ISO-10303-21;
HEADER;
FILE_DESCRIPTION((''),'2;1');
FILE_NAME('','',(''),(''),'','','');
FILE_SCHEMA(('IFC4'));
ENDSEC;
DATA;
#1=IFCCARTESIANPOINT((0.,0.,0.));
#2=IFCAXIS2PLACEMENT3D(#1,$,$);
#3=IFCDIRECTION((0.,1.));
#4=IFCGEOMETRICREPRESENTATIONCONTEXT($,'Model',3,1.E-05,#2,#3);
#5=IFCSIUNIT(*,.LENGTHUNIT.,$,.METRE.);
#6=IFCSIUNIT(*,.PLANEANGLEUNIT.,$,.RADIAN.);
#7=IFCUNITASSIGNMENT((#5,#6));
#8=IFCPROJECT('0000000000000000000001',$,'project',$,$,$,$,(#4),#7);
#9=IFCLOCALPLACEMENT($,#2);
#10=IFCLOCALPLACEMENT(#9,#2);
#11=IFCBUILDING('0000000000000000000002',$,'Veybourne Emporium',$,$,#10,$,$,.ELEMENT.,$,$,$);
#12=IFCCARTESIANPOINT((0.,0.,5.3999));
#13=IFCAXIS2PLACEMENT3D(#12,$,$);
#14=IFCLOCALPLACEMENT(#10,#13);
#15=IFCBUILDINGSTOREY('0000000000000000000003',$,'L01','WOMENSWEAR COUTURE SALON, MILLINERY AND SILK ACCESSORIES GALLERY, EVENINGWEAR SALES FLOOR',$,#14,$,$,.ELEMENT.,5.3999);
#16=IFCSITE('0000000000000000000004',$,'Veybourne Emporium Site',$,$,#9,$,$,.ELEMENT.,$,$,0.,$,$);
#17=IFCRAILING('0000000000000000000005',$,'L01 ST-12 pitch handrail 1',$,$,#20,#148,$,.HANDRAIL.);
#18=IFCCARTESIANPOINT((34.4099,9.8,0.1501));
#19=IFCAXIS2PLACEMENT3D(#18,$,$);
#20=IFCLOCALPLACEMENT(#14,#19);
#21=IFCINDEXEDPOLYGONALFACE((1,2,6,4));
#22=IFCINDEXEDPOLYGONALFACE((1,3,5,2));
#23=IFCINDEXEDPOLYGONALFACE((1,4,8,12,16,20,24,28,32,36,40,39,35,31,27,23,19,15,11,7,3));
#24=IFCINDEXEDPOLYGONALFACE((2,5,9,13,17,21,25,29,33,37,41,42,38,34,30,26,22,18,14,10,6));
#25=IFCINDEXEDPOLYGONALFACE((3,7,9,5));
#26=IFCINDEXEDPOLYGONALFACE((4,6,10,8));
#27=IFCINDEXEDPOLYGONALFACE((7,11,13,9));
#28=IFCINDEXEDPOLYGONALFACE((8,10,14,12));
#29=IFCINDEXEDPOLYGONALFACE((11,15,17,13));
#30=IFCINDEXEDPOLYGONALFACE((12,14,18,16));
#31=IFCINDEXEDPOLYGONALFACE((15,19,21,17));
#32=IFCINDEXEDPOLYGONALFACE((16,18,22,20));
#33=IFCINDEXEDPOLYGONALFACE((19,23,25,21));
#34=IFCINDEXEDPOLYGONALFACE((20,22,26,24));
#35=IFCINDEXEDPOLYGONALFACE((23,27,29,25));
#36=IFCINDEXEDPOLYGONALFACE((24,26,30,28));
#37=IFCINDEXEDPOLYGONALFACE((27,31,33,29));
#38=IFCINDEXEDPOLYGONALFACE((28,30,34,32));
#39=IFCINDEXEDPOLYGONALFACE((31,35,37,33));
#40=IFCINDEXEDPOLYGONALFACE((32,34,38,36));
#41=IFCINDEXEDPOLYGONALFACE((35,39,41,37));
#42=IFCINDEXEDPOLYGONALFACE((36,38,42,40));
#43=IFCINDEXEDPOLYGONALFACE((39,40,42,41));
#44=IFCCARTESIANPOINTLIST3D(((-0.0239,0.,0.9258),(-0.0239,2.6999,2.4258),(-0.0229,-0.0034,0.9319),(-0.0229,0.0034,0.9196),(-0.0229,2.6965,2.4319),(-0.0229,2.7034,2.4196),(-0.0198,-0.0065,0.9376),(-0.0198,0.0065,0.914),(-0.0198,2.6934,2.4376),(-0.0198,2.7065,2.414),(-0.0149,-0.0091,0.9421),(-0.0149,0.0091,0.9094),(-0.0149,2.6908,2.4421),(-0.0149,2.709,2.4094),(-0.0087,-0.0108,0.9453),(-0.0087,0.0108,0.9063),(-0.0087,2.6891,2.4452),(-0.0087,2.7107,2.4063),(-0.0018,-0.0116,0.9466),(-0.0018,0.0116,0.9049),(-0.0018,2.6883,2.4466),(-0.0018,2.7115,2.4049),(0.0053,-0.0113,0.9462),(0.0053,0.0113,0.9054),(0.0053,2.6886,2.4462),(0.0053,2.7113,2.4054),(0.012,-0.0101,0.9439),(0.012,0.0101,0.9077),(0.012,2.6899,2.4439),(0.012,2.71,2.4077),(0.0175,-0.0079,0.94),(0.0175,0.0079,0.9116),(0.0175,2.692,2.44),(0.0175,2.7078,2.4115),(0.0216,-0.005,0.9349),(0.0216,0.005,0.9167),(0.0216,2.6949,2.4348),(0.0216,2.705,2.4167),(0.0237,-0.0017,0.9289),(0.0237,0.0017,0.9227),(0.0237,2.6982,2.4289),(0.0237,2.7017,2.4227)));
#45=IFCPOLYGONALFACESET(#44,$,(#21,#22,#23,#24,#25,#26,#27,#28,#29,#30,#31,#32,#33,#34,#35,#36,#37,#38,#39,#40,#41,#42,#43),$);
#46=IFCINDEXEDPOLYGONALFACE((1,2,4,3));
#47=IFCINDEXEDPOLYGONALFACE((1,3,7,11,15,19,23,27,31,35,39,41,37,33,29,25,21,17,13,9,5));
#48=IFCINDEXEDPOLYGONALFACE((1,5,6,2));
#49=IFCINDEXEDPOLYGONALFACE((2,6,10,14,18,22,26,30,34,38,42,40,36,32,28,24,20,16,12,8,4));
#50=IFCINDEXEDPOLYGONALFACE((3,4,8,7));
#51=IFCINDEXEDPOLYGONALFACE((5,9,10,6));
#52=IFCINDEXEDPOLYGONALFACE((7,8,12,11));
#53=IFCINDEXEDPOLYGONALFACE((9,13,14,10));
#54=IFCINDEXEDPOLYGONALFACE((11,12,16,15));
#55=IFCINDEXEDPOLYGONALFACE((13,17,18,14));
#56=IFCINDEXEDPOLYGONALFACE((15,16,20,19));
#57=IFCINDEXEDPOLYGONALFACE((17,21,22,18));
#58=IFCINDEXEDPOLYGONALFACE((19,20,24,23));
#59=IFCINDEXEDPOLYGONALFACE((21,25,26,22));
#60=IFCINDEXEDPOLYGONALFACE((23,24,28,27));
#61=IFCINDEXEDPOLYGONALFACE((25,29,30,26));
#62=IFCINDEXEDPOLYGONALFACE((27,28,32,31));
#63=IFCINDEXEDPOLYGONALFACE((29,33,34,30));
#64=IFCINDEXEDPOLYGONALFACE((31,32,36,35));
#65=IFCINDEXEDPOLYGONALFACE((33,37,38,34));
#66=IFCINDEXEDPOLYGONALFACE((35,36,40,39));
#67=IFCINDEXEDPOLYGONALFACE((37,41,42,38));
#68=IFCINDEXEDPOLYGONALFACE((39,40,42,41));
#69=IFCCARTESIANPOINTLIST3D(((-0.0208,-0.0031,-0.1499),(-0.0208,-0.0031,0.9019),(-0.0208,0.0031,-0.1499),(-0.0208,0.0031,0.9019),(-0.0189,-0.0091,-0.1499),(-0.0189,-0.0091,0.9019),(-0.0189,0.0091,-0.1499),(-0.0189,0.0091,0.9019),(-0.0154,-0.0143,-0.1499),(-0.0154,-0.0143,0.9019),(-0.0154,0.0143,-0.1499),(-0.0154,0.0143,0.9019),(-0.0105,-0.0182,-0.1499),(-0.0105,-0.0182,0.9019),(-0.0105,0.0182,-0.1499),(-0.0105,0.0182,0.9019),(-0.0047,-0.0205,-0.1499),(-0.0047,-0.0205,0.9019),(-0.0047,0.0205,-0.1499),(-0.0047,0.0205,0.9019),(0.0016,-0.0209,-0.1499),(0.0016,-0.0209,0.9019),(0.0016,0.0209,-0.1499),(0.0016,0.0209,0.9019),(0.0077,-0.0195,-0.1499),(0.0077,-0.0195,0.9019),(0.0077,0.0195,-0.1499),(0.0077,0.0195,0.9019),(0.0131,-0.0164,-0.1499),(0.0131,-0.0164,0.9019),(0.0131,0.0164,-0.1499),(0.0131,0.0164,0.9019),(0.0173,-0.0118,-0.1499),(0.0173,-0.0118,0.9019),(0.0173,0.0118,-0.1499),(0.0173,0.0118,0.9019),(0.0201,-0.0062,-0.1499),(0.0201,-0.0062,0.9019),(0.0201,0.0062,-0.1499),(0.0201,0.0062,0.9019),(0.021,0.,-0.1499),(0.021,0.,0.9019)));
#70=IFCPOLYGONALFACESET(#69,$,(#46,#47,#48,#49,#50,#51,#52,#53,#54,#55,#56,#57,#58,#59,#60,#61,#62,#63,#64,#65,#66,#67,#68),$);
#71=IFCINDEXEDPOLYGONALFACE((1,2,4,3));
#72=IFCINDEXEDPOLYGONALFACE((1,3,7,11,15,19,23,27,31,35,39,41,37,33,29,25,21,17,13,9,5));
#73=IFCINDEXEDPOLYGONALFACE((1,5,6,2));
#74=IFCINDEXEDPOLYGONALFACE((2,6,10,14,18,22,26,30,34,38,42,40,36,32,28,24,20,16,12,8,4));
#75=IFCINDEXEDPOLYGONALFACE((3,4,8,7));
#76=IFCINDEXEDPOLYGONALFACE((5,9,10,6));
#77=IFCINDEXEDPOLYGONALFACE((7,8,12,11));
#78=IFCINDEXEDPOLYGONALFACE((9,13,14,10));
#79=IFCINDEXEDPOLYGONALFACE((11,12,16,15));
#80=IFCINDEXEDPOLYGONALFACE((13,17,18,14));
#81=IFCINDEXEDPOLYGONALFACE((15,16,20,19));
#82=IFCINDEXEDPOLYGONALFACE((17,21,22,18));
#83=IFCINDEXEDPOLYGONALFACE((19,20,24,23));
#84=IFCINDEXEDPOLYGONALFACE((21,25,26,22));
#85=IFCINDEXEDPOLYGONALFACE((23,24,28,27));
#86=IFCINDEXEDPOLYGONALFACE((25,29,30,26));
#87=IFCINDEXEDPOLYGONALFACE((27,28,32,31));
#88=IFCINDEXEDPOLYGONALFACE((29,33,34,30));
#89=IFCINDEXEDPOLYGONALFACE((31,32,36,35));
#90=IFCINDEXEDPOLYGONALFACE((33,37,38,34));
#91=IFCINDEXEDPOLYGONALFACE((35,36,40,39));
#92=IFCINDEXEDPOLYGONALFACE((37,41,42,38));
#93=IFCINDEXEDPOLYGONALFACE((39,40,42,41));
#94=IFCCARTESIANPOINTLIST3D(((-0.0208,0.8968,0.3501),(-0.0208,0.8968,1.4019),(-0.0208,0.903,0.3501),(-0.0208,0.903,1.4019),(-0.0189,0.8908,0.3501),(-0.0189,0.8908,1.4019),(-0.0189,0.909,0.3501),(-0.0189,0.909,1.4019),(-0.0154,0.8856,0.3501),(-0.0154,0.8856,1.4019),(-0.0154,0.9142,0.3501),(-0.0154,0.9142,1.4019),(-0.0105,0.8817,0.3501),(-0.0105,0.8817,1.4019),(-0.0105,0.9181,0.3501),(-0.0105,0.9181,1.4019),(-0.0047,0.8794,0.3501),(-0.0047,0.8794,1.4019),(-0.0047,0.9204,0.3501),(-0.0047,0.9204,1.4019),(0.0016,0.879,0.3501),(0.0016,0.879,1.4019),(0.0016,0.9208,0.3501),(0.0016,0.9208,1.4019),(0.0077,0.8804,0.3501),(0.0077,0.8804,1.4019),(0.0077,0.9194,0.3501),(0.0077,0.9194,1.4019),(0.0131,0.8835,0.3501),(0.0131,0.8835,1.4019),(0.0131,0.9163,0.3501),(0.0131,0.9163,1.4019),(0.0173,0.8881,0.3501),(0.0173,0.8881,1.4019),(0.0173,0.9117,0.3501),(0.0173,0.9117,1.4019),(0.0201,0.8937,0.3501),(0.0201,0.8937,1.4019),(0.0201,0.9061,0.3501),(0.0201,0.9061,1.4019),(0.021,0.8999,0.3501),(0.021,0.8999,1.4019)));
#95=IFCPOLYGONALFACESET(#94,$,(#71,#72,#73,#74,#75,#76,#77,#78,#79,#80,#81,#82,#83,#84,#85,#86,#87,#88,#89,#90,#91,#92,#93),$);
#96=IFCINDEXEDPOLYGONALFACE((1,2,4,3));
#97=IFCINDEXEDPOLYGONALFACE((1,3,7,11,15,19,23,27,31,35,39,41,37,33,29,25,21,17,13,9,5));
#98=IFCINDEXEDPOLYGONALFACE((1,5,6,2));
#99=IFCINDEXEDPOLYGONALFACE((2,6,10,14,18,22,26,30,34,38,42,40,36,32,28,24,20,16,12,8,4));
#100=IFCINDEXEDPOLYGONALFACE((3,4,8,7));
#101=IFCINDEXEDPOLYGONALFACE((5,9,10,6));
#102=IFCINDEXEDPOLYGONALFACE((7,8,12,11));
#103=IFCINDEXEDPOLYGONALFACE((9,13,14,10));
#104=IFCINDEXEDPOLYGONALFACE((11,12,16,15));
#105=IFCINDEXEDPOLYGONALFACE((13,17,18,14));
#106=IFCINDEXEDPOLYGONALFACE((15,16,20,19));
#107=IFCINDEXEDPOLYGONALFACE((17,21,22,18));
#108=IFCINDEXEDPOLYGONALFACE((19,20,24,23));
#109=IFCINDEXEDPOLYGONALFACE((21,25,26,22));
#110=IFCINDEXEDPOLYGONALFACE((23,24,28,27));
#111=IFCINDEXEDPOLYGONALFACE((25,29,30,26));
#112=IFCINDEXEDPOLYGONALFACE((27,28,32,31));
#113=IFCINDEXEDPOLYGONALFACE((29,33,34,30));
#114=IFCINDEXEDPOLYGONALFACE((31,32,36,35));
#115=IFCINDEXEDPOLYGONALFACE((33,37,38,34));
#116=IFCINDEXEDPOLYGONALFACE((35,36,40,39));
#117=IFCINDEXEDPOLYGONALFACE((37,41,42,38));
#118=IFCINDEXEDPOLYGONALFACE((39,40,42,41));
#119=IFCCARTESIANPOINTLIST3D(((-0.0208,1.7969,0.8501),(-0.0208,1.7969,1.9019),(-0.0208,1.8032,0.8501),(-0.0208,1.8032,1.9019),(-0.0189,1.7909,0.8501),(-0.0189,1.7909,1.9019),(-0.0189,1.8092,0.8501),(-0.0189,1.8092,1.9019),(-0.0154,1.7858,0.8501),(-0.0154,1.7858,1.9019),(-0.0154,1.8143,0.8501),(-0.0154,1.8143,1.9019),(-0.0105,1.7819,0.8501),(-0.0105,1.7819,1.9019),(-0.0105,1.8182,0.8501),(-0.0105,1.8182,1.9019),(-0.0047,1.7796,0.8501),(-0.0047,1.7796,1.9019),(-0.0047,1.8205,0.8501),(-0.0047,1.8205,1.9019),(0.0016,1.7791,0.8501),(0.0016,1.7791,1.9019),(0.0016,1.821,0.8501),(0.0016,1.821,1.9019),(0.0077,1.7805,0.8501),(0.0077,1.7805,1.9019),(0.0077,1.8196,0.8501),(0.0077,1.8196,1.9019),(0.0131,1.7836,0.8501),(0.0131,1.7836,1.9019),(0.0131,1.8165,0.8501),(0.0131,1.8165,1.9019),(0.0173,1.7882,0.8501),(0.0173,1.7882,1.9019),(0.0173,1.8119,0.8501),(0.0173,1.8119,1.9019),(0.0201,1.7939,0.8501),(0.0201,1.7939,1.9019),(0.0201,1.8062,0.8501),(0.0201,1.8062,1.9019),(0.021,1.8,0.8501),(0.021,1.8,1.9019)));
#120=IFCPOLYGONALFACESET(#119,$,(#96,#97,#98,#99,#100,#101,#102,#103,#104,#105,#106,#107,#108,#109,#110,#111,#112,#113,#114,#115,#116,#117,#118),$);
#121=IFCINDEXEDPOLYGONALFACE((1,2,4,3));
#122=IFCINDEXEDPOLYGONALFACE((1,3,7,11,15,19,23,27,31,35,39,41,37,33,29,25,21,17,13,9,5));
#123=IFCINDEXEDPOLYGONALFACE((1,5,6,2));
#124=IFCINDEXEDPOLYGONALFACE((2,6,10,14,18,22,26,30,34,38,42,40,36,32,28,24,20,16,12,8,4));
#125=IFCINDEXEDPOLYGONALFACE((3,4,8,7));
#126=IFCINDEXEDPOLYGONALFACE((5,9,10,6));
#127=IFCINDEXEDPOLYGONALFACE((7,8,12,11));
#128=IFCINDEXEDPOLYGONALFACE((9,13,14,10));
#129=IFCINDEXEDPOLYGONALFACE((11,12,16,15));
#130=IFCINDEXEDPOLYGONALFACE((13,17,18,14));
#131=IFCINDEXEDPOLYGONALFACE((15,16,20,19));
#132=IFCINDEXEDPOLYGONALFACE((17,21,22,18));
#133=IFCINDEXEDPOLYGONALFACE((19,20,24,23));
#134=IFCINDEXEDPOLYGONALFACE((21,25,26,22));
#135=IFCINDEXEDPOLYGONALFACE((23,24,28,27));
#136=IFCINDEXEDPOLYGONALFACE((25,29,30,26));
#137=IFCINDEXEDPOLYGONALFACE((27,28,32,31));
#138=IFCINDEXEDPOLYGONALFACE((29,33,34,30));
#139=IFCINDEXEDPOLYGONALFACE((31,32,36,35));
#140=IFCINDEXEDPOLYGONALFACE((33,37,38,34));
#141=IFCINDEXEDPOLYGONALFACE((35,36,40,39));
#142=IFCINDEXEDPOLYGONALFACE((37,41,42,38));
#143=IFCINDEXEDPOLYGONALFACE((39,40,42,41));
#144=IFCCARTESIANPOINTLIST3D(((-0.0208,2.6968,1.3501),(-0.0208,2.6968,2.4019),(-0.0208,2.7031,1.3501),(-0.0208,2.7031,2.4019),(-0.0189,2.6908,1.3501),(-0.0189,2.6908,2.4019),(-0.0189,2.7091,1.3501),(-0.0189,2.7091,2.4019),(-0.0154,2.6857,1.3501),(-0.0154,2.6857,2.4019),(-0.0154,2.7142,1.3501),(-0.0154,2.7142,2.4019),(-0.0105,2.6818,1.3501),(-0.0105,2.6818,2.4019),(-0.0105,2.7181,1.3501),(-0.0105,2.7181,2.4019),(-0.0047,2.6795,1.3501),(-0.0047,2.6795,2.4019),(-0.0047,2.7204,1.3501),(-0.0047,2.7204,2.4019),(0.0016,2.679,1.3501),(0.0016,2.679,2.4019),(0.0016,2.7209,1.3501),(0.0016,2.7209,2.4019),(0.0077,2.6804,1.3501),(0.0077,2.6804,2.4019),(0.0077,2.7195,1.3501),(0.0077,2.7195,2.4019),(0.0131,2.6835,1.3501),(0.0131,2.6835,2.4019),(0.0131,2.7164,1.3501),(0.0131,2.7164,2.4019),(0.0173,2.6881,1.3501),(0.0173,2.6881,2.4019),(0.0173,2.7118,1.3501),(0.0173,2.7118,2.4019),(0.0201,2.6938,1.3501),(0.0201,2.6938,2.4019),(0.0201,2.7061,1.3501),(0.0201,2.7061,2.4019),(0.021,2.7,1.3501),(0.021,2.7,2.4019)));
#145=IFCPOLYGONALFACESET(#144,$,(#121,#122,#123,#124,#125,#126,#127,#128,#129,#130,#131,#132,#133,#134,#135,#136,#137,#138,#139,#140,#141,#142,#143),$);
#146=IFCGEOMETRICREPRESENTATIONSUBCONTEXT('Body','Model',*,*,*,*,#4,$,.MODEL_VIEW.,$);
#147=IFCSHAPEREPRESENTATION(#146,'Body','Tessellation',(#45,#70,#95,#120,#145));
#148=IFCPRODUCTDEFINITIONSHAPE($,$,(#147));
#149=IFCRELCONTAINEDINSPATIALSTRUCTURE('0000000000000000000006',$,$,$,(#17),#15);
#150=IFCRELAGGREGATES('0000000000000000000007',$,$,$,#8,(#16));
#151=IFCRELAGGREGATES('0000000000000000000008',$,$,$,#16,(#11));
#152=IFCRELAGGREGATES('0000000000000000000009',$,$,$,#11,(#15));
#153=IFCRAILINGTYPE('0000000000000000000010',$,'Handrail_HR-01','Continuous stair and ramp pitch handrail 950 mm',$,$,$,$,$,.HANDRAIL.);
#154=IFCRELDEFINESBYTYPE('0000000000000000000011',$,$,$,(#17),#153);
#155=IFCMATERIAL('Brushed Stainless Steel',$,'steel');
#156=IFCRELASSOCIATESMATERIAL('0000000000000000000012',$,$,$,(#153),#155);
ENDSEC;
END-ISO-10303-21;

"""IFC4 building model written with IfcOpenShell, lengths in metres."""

from ifc_helpers import new_model, si_unit, direction, frame, origin, origin_2d, place, context, subcontext, project, spatial, circle, extrude, material, type_object, element, save


model = new_model("IFC4")

# Units and contexts
model_context = context("Model", 3, precision=1e-05, world=origin(), true_north=direction((0.0, 1.0)))
body_context = subcontext(model_context, "Body", "Model", "MODEL_VIEW")
ifc_project = project(units=[si_unit("LENGTHUNIT", "METRE"), si_unit("PLANEANGLEUNIT", "RADIAN")], contexts=[model_context])

# Site, building, storey
site_placement = place(None, origin())
site = spatial("IfcSite", under=ifc_project, at=site_placement, Name="Veybourne Emporium Site", CompositionType="ELEMENT", RefElevation=0.0)
building_placement = place(site_placement, origin())
building = spatial("IfcBuilding", under=site, at=building_placement, Name="Veybourne Emporium", CompositionType="ELEMENT")
storey_placement = place(building_placement, frame((0.0, 0.0, 5.3999)))
storey = spatial("IfcBuildingStorey", under=building, at=storey_placement, Name="L01", Description="WOMENSWEAR COUTURE SALON, MILLINERY AND SILK ACCESSORIES GALLERY, EVENINGWEAR SALES FLOOR", CompositionType="ELEMENT", Elevation=5.3999)

# Railing
ifc_material_1 = material(Name="Brushed Stainless Steel", Category="steel")
railing_type_1 = type_object("IfcRailingType", Name="Handrail_HR-01", Description="Continuous stair and ramp pitch handrail 950 mm", PredefinedType="HANDRAIL", material=ifc_material_1)
railing_1_placement = place(storey_placement, frame((34.4099, 9.8, 0.1501)))
element("IfcRailing", 1, at=railing_1_placement, inside=storey, type_object=railing_type_1, Name="L01 ST-12 pitch handrail 1", PredefinedType="HANDRAIL", context=body_context, shape_type="SweptSolid", body=[
    extrude(circle(Radius=0.0239, at=origin_2d()), frame((0.0, 0.0, 0.9258), z_axis=(0.0, 0.874154, 0.48565), x_axis=(-1.0, 0.0, 0.0)), (0.0, 0.0, 1.0), 3.0886),
    extrude(circle(Radius=0.021, at=origin_2d()), frame((0.0, 0.0, -0.1499)), (0.0, 0.0, 1.0), 1.0518),
    extrude(circle(Radius=0.021, at=origin_2d()), frame((0.0, 0.8999, 0.3501)), (0.0, 0.0, 1.0), 1.0518),
    extrude(circle(Radius=0.021, at=origin_2d()), frame((0.0, 1.8, 0.8501)), (0.0, 0.0, 1.0), 1.0518),
    extrude(circle(Radius=0.021, at=origin_2d()), frame((0.0, 2.7, 1.3501)), (0.0, 0.0, 1.0), 1.0518),
])

save(model, "model.ifc")
